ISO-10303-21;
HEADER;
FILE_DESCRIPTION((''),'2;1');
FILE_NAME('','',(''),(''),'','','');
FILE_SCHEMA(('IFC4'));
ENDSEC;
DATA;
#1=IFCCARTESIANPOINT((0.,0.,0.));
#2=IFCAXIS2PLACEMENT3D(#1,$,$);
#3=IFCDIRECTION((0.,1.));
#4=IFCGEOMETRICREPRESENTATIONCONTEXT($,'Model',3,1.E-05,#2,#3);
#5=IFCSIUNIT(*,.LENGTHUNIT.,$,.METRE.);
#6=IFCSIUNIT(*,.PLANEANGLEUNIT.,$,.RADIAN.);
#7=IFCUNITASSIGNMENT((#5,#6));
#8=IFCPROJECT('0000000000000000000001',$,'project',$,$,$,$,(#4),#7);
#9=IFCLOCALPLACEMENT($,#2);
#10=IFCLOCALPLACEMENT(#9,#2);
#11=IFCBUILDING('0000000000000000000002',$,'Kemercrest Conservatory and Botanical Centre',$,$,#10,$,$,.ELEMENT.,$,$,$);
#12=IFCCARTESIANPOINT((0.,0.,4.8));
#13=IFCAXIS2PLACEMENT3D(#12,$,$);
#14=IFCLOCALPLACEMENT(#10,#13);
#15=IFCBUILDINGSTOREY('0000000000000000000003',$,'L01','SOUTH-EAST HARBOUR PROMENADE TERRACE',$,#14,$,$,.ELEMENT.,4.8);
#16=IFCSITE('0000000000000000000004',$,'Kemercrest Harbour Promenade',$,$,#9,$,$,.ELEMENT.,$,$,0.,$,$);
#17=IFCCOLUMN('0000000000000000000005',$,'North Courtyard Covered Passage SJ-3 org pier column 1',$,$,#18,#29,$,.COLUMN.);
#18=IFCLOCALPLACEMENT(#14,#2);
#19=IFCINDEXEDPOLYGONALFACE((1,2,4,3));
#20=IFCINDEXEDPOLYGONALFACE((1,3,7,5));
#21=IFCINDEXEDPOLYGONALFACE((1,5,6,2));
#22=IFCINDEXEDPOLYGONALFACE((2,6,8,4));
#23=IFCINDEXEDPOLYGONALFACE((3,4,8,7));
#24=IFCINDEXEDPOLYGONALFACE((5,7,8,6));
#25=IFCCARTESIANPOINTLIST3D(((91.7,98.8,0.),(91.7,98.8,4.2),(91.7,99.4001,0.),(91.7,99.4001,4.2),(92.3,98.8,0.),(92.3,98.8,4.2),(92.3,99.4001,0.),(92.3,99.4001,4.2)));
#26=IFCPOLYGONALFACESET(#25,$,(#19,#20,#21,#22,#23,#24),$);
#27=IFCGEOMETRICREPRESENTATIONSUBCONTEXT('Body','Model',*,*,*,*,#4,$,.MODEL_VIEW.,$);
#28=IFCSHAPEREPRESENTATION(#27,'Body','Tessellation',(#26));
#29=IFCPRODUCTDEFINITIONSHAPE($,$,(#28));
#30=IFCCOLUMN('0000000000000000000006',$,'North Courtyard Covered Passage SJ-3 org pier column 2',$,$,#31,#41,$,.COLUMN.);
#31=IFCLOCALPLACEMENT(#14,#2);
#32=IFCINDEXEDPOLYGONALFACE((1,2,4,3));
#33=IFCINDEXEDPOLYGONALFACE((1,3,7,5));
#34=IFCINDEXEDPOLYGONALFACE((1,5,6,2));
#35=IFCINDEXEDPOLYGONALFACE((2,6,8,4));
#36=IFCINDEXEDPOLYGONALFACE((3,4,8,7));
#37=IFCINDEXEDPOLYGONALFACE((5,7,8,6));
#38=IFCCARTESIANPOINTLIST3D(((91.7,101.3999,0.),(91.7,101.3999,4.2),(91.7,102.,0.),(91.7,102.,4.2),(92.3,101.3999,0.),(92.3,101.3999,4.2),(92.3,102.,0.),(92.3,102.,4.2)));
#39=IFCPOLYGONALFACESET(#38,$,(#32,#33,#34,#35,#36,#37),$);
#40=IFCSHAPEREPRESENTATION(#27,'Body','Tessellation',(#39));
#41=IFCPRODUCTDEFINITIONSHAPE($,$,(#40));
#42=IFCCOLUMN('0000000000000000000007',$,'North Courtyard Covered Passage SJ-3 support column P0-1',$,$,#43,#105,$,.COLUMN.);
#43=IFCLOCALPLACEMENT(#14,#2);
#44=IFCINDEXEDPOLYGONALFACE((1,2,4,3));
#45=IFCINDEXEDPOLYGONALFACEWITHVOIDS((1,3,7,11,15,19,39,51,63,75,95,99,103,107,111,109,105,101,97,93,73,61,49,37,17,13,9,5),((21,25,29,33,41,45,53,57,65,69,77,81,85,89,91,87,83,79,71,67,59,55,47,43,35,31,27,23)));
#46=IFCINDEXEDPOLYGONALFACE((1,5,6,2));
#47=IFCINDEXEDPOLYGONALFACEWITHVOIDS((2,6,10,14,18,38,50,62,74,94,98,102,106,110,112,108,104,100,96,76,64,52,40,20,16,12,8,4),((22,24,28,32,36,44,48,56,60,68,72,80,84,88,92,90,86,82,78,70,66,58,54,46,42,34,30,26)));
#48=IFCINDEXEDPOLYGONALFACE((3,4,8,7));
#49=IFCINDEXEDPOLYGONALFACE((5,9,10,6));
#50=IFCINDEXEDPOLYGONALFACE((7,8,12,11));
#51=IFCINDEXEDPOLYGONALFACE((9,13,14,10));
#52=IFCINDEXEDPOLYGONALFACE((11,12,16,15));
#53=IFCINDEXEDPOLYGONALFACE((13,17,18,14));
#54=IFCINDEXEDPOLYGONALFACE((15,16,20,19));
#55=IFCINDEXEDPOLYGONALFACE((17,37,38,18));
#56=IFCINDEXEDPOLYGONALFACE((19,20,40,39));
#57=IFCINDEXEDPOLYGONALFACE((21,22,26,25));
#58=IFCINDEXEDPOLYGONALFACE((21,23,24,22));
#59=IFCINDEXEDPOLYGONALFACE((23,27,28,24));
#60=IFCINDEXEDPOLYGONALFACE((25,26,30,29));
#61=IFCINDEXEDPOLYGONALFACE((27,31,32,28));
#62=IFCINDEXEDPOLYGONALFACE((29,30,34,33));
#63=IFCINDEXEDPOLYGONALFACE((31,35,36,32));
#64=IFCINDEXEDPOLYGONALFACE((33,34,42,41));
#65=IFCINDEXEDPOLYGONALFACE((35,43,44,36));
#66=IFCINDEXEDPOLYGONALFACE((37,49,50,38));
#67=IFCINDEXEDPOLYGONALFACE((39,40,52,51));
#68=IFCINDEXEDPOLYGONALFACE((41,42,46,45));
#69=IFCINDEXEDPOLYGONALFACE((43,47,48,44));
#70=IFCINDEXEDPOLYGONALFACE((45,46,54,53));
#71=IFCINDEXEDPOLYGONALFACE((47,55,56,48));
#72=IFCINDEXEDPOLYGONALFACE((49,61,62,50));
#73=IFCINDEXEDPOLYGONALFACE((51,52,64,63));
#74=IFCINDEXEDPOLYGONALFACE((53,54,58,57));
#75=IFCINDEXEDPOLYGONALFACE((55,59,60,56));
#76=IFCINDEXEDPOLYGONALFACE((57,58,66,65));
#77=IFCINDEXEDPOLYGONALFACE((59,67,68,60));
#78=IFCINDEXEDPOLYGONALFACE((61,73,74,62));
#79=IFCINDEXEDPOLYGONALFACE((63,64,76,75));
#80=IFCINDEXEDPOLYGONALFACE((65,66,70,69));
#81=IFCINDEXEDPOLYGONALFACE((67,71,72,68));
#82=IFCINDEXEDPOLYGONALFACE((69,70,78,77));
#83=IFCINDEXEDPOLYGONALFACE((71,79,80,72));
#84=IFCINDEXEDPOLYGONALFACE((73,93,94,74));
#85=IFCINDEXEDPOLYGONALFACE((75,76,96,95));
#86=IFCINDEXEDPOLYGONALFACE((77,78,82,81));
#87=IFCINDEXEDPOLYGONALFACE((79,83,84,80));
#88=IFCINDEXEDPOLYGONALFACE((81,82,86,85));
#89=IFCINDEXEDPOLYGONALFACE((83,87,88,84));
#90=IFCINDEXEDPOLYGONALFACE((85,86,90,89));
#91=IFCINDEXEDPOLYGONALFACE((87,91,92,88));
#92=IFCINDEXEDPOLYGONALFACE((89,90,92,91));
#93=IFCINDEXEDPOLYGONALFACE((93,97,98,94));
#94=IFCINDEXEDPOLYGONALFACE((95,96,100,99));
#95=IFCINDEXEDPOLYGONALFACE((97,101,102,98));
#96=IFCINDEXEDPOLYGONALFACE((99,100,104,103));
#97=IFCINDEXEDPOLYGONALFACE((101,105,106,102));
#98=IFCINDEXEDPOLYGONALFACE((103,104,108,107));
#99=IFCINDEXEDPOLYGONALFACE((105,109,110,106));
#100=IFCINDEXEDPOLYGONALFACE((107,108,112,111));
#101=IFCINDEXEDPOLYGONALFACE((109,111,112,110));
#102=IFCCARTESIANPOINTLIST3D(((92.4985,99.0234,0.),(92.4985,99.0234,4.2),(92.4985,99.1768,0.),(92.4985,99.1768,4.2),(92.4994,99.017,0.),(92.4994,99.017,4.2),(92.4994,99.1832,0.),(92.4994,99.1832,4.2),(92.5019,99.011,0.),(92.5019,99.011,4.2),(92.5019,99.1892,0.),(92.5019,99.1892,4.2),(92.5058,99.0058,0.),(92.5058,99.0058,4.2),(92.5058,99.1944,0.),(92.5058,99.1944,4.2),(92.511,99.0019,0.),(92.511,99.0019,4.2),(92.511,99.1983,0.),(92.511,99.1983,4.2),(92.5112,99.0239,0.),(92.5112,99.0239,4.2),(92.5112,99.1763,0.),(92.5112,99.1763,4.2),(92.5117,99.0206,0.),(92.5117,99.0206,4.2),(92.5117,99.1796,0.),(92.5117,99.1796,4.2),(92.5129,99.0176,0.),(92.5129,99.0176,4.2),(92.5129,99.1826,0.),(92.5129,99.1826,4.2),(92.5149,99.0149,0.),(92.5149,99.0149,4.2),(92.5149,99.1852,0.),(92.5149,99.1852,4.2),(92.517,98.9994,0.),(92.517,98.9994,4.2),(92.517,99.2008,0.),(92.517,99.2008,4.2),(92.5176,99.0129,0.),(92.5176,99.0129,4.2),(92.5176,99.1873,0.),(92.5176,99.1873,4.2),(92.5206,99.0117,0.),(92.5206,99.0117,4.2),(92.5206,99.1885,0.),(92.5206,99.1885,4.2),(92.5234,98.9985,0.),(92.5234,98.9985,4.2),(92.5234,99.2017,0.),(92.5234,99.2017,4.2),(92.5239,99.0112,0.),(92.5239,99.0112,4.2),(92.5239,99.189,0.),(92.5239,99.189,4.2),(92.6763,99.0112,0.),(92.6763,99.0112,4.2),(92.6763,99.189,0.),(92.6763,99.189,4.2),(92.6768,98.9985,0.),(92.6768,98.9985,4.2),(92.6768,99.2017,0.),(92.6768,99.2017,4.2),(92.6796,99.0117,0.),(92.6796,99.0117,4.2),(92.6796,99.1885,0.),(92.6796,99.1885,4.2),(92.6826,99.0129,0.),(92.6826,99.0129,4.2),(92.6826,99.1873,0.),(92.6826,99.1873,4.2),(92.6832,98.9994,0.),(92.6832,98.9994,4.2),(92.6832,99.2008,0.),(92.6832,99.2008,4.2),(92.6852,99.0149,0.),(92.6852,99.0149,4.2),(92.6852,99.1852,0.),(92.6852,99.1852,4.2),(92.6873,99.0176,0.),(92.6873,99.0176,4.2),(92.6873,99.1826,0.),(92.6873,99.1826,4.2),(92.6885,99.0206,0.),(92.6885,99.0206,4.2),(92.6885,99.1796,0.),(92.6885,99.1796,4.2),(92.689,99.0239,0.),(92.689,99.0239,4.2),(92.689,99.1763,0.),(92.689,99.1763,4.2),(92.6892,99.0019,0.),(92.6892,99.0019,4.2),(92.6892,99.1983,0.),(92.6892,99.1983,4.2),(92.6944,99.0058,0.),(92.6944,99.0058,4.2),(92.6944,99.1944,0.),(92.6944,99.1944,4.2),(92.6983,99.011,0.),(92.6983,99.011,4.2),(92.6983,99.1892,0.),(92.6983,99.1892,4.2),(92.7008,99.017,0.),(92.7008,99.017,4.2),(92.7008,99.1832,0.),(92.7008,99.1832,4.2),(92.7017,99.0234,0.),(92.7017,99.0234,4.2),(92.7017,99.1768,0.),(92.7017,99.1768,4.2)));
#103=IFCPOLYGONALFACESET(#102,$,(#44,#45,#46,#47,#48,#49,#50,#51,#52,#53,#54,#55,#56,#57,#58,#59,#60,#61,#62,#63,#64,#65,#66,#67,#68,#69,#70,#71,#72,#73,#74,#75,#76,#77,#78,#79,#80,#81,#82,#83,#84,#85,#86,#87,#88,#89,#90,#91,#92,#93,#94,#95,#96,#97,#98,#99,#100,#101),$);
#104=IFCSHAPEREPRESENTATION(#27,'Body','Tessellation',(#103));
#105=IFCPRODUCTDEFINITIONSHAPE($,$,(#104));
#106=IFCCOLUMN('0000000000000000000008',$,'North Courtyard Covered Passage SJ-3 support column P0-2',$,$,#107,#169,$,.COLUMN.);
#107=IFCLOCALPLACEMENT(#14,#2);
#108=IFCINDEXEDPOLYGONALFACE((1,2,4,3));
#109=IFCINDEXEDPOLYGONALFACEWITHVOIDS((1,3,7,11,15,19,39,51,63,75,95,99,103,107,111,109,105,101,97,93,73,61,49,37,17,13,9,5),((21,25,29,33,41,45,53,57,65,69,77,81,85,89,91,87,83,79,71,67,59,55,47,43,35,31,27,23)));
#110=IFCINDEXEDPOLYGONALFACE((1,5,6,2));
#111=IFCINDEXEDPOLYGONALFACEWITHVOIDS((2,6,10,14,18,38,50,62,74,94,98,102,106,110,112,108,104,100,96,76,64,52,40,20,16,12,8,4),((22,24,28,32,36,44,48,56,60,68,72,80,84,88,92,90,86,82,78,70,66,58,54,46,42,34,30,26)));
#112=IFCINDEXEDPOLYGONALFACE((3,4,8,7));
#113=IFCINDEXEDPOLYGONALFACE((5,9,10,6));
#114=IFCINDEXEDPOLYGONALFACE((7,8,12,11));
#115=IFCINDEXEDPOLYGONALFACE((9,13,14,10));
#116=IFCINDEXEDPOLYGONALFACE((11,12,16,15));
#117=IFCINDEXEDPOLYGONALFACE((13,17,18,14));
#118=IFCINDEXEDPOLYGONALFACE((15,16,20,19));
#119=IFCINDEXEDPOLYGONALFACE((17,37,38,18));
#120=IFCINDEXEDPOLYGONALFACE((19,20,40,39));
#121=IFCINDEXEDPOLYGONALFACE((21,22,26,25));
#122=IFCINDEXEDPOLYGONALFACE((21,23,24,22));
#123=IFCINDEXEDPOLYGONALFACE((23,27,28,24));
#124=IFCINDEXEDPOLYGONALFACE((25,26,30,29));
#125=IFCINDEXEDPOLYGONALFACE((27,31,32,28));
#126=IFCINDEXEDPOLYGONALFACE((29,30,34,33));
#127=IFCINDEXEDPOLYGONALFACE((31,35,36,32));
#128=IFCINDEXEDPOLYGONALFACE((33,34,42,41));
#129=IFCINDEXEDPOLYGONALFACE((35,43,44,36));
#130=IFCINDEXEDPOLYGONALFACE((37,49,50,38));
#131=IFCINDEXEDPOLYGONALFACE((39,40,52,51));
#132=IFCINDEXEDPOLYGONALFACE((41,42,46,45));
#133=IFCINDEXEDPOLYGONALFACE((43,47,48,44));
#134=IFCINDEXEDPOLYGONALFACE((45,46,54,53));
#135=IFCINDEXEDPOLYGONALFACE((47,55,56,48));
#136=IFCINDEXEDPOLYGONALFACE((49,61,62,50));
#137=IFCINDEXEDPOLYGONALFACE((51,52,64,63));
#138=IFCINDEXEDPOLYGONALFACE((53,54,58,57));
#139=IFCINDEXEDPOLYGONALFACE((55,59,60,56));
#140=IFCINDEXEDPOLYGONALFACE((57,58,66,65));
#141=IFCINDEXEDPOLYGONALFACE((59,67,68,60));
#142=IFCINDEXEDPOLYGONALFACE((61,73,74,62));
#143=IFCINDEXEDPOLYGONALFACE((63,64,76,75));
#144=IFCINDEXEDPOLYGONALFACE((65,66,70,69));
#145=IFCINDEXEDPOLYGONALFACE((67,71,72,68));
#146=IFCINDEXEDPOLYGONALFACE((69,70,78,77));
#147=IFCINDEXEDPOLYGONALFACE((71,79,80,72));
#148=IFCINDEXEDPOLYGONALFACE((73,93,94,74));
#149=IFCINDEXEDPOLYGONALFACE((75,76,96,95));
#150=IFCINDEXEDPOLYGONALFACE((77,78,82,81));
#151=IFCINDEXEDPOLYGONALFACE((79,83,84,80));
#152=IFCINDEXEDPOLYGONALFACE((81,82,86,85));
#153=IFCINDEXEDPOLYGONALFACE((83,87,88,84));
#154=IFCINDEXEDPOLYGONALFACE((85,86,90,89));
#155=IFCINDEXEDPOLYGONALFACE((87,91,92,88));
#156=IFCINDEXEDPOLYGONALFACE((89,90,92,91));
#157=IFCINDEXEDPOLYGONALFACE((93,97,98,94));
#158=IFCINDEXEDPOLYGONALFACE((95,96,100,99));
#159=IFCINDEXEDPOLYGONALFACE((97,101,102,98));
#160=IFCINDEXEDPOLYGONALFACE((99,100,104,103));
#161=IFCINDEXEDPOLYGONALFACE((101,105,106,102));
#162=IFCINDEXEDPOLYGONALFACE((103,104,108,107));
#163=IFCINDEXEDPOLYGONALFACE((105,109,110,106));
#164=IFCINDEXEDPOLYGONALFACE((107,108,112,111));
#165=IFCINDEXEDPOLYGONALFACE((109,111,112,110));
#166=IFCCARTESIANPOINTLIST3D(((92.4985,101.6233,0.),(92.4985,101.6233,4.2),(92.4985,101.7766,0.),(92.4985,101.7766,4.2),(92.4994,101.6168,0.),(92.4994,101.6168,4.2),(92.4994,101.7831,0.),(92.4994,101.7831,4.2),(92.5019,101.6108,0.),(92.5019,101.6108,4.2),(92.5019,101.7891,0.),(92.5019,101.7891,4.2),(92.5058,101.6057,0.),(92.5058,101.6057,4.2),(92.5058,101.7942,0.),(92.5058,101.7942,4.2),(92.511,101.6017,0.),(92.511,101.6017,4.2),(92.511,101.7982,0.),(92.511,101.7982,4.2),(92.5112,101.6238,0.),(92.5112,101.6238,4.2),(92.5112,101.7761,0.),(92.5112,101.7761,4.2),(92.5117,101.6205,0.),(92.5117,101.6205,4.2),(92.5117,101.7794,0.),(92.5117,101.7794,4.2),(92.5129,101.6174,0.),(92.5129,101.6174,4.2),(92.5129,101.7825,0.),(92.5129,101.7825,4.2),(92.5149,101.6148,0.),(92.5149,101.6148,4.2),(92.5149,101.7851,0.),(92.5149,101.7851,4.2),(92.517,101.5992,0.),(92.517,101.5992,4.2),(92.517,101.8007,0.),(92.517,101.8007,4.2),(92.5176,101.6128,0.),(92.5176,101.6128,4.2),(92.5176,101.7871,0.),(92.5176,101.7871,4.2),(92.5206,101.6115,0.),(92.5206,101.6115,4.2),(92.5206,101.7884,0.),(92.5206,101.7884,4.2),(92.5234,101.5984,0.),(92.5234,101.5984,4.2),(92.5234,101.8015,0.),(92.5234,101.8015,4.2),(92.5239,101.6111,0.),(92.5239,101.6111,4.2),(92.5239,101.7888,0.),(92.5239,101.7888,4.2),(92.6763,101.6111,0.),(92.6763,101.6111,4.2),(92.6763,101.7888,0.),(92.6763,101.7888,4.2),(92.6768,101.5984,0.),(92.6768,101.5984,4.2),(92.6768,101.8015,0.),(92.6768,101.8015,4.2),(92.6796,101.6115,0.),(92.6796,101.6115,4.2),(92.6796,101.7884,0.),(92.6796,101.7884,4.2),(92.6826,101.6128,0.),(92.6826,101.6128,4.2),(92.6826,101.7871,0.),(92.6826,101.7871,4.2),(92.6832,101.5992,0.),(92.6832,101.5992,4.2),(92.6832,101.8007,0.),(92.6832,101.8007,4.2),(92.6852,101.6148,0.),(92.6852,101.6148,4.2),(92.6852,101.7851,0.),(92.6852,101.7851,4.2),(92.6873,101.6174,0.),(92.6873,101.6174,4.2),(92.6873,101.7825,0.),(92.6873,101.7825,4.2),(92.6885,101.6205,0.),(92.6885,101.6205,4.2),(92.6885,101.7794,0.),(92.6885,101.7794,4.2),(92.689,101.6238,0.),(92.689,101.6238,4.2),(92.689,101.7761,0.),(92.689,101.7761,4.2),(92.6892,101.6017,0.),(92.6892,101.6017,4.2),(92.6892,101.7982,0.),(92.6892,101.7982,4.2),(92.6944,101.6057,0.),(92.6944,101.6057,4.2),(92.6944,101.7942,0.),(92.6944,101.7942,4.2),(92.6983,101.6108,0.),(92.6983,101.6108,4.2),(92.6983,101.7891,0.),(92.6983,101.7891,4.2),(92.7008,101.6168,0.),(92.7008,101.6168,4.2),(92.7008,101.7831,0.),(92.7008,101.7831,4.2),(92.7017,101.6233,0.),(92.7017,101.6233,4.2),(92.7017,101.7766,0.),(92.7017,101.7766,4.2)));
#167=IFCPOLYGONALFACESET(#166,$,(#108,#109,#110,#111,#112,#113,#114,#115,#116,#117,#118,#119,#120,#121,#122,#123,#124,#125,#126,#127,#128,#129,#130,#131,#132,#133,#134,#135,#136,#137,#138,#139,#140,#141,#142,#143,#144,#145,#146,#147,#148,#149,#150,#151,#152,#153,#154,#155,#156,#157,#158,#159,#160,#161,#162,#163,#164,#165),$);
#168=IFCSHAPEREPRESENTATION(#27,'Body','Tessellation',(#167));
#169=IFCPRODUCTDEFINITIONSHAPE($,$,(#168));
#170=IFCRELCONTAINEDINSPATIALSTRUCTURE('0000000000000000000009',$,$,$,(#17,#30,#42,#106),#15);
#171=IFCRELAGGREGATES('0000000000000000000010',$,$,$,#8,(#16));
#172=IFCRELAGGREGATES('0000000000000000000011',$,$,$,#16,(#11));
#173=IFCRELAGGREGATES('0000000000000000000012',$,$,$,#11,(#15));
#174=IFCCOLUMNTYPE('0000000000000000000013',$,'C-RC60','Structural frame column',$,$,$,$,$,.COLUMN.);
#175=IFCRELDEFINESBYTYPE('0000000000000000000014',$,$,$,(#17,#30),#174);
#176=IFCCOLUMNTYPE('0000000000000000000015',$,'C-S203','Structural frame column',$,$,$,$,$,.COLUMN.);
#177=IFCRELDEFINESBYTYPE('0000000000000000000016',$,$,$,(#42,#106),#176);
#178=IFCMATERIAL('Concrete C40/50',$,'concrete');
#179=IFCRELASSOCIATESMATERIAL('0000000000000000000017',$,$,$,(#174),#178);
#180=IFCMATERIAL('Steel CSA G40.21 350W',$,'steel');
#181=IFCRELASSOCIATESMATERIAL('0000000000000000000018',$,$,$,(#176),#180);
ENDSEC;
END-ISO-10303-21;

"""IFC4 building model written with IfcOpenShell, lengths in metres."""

from ifc_helpers import new_model, si_unit, direction, frame, origin, origin_2d, place, context, subcontext, project, spatial, rectangle, hollow_rectangle, extrude, material, material_profile, profile_set, type_object, element, save


model = new_model("IFC4")

# Units and contexts
model_context = context("Model", 3, precision=1e-05, world=origin(), true_north=direction((0.0, 1.0)))
body_context = subcontext(model_context, "Body", "Model", "MODEL_VIEW")
ifc_project = project(units=[si_unit("LENGTHUNIT", "METRE"), si_unit("PLANEANGLEUNIT", "RADIAN")], contexts=[model_context])

# Site, building, storey
site_placement = place(None, origin())
site = spatial("IfcSite", under=ifc_project, at=site_placement, Name="Kemercrest Harbour Promenade", CompositionType="ELEMENT", RefElevation=0.0)
building_placement = place(site_placement, origin())
building = spatial("IfcBuilding", under=site, at=building_placement, Name="Kemercrest Conservatory and Botanical Centre", CompositionType="ELEMENT")
storey_placement = place(building_placement, frame((0.0, 0.0, 4.8)))
storey = spatial("IfcBuildingStorey", under=building, at=storey_placement, Name="L01", Description="SOUTH-EAST HARBOUR PROMENADE TERRACE", CompositionType="ELEMENT", Elevation=4.8)

# Columns
ifc_material_1 = material(Name="Concrete C40/50", Category="concrete")
ifc_material_profile_1 = material_profile(ifc_material_1, rectangle(XDim=0.6001, YDim=0.6001, at=origin_2d()), Name="RC 600x600")
ifc_profile_set_1 = profile_set([ifc_material_profile_1], Name="Concrete C40/50")
column_type_1 = type_object("IfcColumnType", Name="C-RC60", Description="Structural frame column", PredefinedType="COLUMN", material=ifc_profile_set_1)
for number, where, z_axis, x_axis, name in (
    (1, (92.0, 99.1001, 0.0), (0.0, 0.0, 1.0), (1.0, 0.0, 0.0), "North Courtyard Covered Passage SJ-3 org pier column 1"),
    (2, (92.0, 101.7, 0.0), (0.0, 0.0, 1.0), (1.0, 0.0, 0.0), "North Courtyard Covered Passage SJ-3 org pier column 2"),
):
    element("IfcColumn", number, at=place(storey_placement, frame(where, z_axis=z_axis, x_axis=x_axis)), inside=storey, type_object=column_type_1, Name=name, PredefinedType="COLUMN", context=body_context, shape_type="SweptSolid", body=[
        extrude(rectangle(XDim=0.6001, YDim=0.6001, at=origin_2d()), origin(), (0.0, 0.0, 1.0), 4.2),
    ])
ifc_material_2 = material(Name="Steel CSA G40.21 350W", Category="steel")
ifc_material_profile_2 = material_profile(ifc_material_2, hollow_rectangle(XDim=0.2031, YDim=0.2031, WallThickness=0.0127, InnerFilletRadius=0.0127, OuterFilletRadius=0.0249, at=origin_2d()), Name="HSS 203x203x12.7")
ifc_profile_set_2 = profile_set([ifc_material_profile_2], Name="Steel CSA G40.21 350W")
column_type_2 = type_object("IfcColumnType", Name="C-S203", Description="Structural frame column", PredefinedType="COLUMN", material=ifc_profile_set_2)
for number, where, z_axis, x_axis, name in (
    (3, (92.6001, 99.1001, 0.0), (0.0, 0.0, 1.0), (1.0, 0.0, 0.0), "North Courtyard Covered Passage SJ-3 support column P0-1"),
    (4, (92.6001, 101.7, 0.0), (0.0, 0.0, 1.0), (1.0, 0.0, 0.0), "North Courtyard Covered Passage SJ-3 support column P0-2"),
):
    element("IfcColumn", number, at=place(storey_placement, frame(where, z_axis=z_axis, x_axis=x_axis)), inside=storey, type_object=column_type_2, Name=name, PredefinedType="COLUMN", context=body_context, shape_type="SweptSolid", body=[
        extrude(hollow_rectangle(XDim=0.2031, YDim=0.2031, WallThickness=0.0127, InnerFilletRadius=0.0127, OuterFilletRadius=0.0249, at=origin_2d()), origin(), (0.0, 0.0, 1.0), 4.2),
    ])

save(model, "model.ifc")
